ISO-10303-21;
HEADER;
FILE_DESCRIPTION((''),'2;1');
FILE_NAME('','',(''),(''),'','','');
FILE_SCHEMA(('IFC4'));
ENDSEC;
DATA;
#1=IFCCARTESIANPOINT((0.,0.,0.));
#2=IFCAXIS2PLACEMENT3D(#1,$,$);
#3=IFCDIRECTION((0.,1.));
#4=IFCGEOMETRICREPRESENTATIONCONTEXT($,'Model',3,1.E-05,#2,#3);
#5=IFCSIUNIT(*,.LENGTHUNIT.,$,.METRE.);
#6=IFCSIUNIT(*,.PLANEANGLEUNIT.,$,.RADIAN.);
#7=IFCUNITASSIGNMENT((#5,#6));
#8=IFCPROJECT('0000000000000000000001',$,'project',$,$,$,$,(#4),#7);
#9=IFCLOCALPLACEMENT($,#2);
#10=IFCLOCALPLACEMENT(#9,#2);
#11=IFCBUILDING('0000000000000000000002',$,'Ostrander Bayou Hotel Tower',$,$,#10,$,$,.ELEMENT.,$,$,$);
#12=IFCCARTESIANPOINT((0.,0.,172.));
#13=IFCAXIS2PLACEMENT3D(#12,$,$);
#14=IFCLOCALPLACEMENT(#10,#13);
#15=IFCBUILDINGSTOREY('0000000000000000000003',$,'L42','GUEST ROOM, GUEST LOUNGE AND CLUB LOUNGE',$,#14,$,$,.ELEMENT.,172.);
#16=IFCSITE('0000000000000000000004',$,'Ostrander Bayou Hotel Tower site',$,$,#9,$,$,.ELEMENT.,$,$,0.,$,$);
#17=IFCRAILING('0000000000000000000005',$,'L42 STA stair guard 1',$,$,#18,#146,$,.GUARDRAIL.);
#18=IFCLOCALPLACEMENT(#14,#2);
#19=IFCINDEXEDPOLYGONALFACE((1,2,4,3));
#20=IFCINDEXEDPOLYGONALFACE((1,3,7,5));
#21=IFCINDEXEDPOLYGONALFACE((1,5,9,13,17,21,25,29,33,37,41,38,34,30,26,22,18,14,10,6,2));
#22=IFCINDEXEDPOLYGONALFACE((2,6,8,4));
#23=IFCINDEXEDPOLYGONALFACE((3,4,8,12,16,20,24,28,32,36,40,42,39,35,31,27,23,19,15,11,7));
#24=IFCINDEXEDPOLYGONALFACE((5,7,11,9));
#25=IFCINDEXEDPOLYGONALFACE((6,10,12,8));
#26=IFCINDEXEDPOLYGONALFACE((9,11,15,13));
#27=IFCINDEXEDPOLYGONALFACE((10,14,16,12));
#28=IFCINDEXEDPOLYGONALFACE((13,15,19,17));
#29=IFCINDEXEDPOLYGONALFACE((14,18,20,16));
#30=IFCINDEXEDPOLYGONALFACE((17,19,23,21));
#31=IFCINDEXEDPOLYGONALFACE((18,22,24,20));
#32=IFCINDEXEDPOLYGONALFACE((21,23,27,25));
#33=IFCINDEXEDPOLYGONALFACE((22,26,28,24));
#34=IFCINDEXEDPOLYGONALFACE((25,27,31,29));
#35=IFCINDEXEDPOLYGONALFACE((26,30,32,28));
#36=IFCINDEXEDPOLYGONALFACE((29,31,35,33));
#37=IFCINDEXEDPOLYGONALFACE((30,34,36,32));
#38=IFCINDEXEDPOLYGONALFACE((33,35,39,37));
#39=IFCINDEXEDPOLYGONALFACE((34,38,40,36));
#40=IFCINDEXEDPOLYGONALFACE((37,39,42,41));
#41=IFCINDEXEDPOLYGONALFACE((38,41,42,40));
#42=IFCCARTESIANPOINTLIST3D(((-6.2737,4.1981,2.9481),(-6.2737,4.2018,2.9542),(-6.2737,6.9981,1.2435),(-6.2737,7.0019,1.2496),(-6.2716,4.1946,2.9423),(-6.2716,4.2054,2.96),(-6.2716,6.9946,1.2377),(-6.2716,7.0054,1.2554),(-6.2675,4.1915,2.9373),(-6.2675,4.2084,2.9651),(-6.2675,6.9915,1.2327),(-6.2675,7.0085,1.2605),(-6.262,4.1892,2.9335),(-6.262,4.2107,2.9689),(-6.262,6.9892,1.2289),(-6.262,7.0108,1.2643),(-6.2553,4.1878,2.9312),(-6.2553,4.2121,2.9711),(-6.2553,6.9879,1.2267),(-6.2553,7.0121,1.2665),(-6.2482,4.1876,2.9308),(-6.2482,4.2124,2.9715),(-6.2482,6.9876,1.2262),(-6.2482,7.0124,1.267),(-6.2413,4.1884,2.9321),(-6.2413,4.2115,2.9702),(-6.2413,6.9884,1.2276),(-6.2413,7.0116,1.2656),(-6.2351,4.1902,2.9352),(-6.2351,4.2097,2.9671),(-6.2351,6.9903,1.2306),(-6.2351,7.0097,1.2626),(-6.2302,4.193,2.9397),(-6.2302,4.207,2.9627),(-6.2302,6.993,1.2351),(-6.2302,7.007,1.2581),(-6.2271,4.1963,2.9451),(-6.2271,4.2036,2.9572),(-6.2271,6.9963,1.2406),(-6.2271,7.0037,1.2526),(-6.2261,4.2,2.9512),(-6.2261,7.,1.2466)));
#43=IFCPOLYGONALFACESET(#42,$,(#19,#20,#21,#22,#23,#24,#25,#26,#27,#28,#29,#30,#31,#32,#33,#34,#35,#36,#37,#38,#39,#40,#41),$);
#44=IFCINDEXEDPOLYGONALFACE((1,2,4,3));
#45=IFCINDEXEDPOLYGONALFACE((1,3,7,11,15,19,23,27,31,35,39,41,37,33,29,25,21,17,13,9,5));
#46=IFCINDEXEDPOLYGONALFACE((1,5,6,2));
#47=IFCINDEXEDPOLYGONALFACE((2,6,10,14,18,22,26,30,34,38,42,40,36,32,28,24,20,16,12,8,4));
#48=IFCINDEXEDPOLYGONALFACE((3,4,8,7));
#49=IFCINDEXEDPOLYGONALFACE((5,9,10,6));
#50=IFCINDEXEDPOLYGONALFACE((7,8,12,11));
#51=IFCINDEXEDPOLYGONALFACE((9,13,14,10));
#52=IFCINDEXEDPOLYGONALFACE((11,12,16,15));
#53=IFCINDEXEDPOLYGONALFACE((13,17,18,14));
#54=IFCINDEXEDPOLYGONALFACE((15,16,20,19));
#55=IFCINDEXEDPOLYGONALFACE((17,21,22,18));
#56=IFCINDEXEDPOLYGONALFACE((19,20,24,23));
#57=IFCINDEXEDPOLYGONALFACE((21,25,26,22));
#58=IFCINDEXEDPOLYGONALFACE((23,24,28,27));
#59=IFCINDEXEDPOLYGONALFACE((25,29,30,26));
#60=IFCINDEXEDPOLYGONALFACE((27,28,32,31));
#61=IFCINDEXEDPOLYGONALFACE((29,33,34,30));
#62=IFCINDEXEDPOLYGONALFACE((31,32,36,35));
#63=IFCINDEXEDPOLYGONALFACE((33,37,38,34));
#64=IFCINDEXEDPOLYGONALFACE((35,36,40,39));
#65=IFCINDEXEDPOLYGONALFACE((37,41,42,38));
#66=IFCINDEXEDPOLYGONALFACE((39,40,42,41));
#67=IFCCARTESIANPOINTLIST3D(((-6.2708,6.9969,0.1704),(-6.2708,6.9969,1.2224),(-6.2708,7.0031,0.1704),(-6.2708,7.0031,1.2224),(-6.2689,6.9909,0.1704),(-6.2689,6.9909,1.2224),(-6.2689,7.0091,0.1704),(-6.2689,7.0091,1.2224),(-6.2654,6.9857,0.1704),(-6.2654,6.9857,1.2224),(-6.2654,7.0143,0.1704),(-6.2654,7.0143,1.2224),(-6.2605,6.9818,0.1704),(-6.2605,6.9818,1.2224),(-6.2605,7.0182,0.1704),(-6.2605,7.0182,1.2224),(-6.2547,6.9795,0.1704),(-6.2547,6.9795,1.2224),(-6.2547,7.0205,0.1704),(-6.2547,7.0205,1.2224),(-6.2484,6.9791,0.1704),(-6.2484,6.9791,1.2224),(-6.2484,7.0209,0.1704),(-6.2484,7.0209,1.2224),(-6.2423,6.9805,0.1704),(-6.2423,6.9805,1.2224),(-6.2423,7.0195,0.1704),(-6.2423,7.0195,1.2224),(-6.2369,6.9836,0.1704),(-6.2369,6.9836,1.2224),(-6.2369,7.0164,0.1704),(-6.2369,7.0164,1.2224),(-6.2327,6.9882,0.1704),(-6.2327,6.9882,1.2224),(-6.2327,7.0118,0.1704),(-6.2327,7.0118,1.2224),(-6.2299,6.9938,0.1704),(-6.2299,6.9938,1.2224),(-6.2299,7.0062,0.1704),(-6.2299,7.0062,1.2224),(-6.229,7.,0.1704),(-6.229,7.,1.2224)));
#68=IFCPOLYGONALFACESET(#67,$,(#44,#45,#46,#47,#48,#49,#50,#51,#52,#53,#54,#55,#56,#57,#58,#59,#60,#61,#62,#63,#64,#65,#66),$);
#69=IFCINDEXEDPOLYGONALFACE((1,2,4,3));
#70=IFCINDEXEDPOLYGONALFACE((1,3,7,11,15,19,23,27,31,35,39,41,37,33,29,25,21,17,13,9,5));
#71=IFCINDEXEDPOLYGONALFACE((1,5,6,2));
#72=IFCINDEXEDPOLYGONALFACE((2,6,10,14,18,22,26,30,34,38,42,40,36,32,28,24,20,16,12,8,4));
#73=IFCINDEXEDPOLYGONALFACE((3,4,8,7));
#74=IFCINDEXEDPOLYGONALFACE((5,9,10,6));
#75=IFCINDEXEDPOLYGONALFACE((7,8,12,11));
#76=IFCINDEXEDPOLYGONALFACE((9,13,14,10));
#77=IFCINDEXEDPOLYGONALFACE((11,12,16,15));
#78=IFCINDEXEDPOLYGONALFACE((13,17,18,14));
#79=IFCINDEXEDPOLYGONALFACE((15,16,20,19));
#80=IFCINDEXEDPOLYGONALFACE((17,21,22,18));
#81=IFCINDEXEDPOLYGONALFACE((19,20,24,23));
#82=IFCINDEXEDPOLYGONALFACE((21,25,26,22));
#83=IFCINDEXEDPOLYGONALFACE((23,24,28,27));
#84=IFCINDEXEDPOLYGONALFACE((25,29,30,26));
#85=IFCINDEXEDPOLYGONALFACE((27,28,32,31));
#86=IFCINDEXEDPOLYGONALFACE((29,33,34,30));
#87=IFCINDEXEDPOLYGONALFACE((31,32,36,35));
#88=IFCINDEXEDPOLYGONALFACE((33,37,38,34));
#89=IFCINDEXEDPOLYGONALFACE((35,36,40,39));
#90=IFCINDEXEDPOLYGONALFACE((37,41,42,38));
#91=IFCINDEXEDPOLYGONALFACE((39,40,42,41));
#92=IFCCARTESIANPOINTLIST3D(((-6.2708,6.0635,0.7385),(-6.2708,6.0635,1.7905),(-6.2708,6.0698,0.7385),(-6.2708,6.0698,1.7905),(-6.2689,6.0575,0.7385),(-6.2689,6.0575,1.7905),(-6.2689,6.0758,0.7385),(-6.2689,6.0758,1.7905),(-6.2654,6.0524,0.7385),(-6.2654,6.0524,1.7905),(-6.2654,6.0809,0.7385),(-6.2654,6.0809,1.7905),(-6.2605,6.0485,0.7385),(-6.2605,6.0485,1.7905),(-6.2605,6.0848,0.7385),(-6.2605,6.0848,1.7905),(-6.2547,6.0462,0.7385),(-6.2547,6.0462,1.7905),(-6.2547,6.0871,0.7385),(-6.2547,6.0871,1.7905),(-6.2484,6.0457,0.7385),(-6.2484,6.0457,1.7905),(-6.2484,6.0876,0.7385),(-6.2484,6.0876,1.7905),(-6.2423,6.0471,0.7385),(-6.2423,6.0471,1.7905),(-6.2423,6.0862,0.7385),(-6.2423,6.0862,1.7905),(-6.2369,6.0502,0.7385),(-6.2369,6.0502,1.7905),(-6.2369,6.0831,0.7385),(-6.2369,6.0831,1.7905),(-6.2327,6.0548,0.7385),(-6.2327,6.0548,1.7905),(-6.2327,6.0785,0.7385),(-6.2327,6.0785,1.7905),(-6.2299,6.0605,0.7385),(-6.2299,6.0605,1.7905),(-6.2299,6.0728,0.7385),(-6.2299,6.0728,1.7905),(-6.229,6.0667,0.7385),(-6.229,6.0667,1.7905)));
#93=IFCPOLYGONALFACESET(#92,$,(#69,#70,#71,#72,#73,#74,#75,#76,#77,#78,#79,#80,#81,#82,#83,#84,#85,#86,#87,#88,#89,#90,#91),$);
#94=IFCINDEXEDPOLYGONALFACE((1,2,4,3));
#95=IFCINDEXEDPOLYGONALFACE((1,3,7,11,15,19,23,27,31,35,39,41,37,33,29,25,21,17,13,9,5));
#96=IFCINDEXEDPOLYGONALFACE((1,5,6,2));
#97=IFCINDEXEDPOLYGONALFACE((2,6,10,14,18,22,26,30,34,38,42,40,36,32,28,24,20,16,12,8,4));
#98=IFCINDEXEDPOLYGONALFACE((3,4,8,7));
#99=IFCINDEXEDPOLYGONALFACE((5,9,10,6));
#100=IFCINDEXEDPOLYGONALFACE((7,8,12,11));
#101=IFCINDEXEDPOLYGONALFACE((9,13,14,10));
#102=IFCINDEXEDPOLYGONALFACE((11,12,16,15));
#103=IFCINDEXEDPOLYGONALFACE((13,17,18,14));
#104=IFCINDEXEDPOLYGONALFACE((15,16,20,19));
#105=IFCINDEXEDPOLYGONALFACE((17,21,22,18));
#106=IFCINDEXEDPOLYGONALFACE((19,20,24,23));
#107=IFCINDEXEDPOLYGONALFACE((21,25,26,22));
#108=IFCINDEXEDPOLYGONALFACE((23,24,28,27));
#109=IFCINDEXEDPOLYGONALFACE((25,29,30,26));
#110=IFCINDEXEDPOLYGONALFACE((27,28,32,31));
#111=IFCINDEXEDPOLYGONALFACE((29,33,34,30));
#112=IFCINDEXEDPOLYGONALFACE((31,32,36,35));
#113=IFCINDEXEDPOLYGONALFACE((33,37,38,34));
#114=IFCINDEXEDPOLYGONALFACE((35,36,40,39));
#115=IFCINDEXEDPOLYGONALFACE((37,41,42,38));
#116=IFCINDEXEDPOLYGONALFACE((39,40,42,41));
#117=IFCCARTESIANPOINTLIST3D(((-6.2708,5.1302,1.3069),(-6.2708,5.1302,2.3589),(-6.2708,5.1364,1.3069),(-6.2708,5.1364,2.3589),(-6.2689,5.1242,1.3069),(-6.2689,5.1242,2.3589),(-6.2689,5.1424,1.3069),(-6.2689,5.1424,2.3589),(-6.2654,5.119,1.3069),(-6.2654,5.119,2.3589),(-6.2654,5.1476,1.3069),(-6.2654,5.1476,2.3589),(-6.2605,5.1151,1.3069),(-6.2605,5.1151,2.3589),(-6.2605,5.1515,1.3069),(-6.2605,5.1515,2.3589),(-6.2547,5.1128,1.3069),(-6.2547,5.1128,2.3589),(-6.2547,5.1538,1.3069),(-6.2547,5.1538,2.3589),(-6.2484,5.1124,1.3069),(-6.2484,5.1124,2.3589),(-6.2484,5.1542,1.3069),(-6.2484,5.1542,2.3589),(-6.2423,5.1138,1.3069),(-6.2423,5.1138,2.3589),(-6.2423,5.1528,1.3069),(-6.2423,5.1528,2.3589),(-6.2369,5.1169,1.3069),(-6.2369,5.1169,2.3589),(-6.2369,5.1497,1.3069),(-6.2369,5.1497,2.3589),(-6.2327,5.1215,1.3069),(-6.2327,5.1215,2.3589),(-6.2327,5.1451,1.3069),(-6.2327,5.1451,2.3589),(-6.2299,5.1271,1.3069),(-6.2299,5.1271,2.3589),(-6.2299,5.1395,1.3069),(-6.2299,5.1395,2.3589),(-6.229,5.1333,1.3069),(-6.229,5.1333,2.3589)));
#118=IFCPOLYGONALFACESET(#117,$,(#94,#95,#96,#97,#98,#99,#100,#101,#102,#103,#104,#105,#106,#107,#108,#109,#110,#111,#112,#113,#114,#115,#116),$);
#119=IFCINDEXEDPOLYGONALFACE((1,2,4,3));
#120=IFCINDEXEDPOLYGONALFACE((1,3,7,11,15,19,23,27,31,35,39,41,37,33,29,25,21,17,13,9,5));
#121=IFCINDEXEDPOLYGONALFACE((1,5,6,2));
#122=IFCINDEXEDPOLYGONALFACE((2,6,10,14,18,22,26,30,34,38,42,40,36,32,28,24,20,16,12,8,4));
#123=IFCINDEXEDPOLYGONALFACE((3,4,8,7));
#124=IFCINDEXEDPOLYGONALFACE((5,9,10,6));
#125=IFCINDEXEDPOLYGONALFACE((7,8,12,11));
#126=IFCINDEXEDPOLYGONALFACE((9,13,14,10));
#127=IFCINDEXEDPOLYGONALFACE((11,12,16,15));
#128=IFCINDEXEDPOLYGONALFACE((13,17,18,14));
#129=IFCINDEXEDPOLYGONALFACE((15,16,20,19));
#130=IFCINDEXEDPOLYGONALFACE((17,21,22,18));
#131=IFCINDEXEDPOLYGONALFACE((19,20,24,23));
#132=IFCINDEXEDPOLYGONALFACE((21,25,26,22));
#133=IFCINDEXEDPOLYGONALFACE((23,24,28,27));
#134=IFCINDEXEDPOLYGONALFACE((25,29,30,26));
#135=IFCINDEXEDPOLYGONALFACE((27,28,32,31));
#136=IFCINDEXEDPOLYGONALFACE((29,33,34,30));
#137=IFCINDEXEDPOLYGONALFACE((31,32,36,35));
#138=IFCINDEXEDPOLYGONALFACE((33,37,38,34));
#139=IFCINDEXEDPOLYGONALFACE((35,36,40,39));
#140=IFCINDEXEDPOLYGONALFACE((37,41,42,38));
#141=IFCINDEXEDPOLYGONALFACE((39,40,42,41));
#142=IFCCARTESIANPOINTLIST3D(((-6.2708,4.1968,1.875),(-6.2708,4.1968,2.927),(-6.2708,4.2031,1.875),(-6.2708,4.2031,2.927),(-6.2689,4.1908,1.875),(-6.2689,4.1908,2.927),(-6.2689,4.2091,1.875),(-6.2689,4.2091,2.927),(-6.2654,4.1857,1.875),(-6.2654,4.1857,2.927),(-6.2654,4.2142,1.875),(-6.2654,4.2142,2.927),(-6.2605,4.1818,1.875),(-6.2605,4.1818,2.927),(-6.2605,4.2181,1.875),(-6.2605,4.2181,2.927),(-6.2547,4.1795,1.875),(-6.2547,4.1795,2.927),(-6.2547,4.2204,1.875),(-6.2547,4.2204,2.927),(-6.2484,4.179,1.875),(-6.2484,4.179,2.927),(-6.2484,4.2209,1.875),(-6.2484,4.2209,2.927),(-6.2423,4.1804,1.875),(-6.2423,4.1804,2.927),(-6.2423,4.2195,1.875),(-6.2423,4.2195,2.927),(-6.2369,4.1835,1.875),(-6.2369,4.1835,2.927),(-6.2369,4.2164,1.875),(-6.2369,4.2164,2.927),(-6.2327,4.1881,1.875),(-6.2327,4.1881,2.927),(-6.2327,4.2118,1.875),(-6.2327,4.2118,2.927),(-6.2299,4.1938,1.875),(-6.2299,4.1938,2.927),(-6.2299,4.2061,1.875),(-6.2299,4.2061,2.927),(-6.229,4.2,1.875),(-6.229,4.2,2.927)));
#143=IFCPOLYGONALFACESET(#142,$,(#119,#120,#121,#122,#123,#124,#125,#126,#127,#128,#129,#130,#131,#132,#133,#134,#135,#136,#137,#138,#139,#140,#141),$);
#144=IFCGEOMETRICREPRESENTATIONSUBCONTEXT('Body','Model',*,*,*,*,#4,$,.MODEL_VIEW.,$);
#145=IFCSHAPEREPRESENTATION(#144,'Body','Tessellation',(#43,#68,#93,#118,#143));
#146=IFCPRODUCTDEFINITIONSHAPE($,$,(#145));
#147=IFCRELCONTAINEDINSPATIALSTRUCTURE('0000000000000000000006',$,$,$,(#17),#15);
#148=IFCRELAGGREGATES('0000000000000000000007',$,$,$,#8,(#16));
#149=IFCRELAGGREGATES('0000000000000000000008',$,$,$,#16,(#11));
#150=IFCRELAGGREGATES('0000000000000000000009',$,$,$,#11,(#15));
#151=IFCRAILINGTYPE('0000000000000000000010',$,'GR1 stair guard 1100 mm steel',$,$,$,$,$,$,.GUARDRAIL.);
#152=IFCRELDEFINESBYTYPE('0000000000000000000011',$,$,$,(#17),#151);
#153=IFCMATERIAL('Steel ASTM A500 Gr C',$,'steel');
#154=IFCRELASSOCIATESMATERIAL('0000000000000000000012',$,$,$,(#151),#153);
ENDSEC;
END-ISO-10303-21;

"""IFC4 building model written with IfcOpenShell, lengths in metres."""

from ifc_helpers import new_model, si_unit, direction, frame, origin, origin_2d, place, context, subcontext, project, spatial, circle, extrude, material, type_object, element, save


model = new_model("IFC4")

# Units and contexts
model_context = context("Model", 3, precision=1e-05, world=origin(), true_north=direction((0.0, 1.0)))
body_context = subcontext(model_context, "Body", "Model", "MODEL_VIEW")
ifc_project = project(units=[si_unit("LENGTHUNIT", "METRE"), si_unit("PLANEANGLEUNIT", "RADIAN")], contexts=[model_context])

# Site, building, storey
site_placement = place(None, origin())
site = spatial("IfcSite", under=ifc_project, at=site_placement, Name="Ostrander Bayou Hotel Tower site", CompositionType="ELEMENT", RefElevation=0.0)
building_placement = place(site_placement, origin())
building = spatial("IfcBuilding", under=site, at=building_placement, Name="Ostrander Bayou Hotel Tower", CompositionType="ELEMENT")
storey_placement = place(building_placement, frame((0.0, 0.0, 172.0)))
storey = spatial("IfcBuildingStorey", under=building, at=storey_placement, Name="L42", Description="GUEST ROOM, GUEST LOUNGE AND CLUB LOUNGE", CompositionType="ELEMENT", Elevation=172.0)

# Railing
ifc_material_1 = material(Name="Steel ASTM A500 Gr C", Category="steel")
railing_type_1 = type_object("IfcRailingType", Name="GR1 stair guard 1100 mm steel", PredefinedType="GUARDRAIL", material=ifc_material_1)
railing_1_placement = place(storey_placement, frame((-6.25, 7.0, 0.1704)))
element("IfcRailing", 1, at=railing_1_placement, inside=storey, type_object=railing_type_1, Name="L42 STA stair guard 1", PredefinedType="GUARDRAIL", context=body_context, shape_type="SweptSolid", body=[
    extrude(circle(Radius=0.0239, at=origin_2d()), frame((0.0, 0.0, 1.0762), z_axis=(0.0, -0.85417, 0.519994), x_axis=(1.0, 0.0, 0.0)), (0.0, 0.0, 1.0), 3.2781),
    extrude(circle(Radius=0.021, at=origin_2d()), origin(), (0.0, 0.0, 1.0), 1.052),
    extrude(circle(Radius=0.021, at=origin_2d()), frame((0.0, -0.9333, 0.5681)), (0.0, 0.0, 1.0), 1.052),
    extrude(circle(Radius=0.021, at=origin_2d()), frame((0.0, -1.8667, 1.1365)), (0.0, 0.0, 1.0), 1.052),
    extrude(circle(Radius=0.021, at=origin_2d()), frame((0.0, -2.8, 1.7046)), (0.0, 0.0, 1.0), 1.052),
])

save(model, "model.ifc")
